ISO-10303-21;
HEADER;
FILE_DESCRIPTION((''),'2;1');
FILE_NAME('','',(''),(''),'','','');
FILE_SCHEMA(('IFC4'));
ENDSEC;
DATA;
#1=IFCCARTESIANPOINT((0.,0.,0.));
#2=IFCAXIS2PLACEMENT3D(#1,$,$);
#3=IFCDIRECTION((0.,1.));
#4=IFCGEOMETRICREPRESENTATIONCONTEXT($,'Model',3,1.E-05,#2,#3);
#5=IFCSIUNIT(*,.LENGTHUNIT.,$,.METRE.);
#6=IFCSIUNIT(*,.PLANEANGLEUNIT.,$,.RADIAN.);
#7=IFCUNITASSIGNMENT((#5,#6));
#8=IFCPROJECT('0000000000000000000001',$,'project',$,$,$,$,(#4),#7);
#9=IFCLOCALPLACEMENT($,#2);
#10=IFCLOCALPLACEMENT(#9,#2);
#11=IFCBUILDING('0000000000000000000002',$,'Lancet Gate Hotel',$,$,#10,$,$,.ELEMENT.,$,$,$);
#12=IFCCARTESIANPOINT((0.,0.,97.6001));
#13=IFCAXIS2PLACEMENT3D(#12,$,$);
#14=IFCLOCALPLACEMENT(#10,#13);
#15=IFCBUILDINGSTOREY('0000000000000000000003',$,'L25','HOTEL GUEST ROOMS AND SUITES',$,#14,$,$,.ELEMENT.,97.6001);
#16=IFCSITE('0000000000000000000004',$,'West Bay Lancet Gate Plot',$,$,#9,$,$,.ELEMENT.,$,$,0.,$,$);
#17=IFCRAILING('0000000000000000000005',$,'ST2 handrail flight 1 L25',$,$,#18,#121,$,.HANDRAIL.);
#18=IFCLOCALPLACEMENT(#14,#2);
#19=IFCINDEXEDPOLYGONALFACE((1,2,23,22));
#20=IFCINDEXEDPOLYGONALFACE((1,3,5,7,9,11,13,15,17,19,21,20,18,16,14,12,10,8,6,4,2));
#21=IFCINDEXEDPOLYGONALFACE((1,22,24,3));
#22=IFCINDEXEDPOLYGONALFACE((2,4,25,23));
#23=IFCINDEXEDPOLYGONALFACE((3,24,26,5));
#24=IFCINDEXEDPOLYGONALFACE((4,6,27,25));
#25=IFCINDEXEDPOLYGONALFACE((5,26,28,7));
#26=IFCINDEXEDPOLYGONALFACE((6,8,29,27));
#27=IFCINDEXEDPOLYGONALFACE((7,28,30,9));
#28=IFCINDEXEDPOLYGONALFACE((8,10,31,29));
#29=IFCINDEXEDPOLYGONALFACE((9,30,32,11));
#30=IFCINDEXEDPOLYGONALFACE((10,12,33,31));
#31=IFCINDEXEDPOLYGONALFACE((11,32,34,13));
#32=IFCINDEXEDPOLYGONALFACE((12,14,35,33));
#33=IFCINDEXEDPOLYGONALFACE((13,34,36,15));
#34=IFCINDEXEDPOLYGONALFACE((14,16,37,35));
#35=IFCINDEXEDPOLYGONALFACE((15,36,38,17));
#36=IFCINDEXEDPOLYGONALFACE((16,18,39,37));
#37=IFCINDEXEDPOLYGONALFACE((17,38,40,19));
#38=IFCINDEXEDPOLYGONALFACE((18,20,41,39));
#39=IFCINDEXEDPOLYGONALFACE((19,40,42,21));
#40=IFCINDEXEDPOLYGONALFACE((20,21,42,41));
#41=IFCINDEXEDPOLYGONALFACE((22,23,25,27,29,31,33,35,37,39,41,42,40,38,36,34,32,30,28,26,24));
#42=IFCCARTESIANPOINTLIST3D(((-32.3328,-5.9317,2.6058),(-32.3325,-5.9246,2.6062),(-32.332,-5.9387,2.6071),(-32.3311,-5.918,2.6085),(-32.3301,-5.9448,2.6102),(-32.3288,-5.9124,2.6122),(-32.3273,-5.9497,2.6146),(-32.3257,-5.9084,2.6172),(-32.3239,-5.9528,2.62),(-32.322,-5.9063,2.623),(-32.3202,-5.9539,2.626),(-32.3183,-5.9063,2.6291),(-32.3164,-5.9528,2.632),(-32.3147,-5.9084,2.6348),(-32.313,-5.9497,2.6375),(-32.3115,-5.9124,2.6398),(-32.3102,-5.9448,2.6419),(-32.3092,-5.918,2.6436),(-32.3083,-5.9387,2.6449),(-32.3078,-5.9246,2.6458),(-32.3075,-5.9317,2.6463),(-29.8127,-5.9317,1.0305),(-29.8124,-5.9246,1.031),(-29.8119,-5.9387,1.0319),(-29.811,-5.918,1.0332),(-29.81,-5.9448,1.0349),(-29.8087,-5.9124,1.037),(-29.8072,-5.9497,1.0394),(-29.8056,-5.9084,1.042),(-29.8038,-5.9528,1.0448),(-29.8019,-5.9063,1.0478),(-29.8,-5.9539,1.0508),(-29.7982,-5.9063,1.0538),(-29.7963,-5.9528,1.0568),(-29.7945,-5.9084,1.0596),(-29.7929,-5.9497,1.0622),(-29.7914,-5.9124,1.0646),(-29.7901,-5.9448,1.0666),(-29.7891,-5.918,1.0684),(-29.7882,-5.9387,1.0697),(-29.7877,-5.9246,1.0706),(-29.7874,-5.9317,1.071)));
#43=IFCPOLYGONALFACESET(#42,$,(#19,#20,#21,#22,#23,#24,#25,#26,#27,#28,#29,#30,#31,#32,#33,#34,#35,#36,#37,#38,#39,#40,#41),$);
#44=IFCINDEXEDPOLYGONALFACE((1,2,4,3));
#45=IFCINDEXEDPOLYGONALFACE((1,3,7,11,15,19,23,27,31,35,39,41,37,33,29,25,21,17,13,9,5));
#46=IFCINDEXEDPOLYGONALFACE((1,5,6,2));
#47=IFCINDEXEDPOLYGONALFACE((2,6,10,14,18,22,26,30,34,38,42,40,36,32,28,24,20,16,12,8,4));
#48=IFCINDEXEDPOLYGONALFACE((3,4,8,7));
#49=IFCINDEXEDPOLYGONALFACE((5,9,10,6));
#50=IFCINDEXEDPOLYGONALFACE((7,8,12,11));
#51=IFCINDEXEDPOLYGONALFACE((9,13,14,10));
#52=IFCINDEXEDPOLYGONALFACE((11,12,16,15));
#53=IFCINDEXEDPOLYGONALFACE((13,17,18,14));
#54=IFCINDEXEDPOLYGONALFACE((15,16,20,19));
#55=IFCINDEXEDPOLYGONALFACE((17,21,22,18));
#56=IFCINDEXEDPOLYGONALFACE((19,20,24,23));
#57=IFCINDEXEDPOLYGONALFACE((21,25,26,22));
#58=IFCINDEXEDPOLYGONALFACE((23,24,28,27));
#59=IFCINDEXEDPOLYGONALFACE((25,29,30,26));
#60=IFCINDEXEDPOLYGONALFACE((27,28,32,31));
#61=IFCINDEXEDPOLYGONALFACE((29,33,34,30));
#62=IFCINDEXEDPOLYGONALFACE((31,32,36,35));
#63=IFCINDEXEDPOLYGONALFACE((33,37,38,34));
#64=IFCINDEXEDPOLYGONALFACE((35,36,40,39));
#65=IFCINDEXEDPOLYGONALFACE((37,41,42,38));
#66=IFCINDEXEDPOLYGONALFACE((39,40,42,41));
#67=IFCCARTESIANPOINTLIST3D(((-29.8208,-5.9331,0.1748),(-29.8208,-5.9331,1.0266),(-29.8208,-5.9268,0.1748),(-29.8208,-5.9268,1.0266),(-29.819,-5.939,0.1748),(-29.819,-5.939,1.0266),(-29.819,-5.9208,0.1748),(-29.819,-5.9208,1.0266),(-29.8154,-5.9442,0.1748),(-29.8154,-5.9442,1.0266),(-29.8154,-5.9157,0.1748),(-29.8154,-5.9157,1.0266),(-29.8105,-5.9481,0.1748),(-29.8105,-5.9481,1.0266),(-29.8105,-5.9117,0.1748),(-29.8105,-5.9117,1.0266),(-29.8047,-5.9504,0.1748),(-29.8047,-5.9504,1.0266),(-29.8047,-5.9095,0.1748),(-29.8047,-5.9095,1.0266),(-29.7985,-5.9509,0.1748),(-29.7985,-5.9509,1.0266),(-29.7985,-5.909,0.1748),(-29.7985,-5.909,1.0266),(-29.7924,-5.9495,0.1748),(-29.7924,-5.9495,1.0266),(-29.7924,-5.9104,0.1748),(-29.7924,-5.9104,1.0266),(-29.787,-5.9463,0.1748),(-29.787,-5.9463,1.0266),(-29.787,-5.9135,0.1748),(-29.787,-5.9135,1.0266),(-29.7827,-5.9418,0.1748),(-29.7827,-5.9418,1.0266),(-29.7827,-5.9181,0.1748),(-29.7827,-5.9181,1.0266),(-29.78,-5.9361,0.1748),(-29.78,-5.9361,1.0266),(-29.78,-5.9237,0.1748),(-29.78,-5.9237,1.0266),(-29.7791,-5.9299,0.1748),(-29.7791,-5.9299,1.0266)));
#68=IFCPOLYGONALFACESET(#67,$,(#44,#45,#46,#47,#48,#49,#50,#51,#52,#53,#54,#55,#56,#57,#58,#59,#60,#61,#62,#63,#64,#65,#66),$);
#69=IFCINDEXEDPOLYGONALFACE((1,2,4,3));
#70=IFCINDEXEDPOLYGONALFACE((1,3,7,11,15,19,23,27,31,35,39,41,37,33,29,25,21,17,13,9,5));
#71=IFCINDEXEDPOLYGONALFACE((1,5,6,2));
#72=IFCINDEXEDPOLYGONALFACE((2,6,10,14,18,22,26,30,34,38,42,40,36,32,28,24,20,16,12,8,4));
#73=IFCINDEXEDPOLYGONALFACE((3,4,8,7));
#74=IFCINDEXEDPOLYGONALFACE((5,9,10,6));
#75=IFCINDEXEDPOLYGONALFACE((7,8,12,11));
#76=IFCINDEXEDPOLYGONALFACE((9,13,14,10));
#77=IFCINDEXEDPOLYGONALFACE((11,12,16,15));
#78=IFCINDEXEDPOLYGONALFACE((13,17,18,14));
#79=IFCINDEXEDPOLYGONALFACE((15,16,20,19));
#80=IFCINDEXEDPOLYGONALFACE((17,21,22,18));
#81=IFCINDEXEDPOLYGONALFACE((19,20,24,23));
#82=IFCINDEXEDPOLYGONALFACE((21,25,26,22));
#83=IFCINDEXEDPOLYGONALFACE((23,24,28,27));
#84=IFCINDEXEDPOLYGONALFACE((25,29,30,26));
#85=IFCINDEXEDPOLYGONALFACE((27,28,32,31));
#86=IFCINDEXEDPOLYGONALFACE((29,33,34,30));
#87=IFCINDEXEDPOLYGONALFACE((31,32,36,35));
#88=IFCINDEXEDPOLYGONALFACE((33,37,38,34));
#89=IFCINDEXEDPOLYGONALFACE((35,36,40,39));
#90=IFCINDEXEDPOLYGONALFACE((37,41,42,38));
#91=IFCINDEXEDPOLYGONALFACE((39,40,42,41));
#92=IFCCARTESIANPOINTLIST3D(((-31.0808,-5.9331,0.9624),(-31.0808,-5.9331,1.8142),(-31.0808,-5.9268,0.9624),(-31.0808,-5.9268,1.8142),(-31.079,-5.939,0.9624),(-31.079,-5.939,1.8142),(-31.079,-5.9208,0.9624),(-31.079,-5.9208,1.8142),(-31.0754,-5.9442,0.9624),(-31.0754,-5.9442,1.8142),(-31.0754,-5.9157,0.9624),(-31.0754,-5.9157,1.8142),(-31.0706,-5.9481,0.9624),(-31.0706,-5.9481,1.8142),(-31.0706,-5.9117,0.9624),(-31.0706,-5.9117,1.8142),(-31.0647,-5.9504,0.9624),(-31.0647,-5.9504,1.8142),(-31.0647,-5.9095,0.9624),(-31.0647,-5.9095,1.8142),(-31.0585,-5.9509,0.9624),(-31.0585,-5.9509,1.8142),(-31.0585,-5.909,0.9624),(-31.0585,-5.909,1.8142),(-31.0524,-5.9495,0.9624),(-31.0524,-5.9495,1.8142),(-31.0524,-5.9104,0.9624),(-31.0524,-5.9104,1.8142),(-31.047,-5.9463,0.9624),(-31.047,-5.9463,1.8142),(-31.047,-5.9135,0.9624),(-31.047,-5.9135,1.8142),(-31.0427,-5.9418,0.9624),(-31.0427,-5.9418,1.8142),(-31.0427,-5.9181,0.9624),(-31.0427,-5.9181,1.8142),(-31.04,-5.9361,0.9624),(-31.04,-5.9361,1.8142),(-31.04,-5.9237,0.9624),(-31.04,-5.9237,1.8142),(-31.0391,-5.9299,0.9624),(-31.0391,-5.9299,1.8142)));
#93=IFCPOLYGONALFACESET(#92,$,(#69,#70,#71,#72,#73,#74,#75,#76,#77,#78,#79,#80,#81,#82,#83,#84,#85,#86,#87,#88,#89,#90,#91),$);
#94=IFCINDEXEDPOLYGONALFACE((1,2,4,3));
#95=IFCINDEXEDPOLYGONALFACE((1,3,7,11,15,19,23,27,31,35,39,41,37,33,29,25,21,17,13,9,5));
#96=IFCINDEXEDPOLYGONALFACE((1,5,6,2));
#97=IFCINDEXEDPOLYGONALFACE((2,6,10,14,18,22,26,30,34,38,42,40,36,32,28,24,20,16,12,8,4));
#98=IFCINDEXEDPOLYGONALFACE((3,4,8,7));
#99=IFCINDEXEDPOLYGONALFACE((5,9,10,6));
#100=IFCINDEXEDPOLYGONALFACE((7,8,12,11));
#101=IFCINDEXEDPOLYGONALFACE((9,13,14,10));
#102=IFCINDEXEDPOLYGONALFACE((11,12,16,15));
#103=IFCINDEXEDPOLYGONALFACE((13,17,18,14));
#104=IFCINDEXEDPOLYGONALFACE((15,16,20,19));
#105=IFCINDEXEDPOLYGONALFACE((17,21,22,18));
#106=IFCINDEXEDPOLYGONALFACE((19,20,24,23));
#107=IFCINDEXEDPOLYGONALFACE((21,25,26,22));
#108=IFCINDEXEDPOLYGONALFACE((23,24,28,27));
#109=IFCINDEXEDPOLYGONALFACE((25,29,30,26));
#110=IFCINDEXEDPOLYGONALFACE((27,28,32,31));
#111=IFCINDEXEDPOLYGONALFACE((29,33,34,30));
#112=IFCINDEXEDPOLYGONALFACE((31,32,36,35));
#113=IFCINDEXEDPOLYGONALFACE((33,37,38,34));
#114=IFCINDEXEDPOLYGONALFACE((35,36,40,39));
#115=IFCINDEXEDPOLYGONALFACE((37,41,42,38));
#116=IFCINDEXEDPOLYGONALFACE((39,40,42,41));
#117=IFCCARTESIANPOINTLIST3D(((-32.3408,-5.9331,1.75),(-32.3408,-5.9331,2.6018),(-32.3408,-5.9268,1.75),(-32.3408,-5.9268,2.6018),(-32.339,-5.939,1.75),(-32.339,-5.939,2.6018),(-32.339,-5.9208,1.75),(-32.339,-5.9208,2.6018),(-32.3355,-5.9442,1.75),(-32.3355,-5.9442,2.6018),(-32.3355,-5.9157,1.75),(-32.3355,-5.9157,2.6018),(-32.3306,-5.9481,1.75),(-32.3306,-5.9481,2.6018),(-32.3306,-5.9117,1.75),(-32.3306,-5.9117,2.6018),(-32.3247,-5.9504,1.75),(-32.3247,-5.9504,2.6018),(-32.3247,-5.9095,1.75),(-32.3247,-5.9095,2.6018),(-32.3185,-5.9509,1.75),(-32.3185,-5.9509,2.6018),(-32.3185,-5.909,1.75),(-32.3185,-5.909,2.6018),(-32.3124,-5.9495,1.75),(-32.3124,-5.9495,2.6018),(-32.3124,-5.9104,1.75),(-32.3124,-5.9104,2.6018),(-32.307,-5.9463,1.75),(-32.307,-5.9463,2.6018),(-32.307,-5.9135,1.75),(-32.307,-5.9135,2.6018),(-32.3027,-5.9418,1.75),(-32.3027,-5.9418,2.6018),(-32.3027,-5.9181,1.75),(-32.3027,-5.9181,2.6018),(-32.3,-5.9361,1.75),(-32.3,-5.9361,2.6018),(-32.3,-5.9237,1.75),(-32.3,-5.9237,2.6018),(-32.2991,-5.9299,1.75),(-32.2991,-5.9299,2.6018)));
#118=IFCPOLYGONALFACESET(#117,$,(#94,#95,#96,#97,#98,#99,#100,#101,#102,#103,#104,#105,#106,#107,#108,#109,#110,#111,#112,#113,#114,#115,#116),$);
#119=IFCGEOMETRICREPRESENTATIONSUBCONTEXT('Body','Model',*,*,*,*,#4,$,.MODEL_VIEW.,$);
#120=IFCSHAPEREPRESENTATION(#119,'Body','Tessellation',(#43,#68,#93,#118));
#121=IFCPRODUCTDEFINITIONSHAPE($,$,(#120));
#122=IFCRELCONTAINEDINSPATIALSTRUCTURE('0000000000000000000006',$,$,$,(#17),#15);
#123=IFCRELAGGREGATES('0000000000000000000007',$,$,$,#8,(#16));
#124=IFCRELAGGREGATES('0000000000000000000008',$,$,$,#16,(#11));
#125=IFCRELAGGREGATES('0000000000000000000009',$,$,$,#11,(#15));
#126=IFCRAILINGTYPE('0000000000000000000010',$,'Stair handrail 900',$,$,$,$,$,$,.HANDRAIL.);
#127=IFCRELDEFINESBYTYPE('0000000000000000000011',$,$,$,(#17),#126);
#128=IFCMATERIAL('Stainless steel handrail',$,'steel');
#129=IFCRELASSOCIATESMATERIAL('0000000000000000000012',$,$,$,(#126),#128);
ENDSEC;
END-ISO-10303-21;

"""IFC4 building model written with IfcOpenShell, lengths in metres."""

from ifc_helpers import new_model, si_unit, direction, frame, origin, origin_2d, place, context, subcontext, project, spatial, circle, extrude, material, type_object, element, save


model = new_model("IFC4")

# Units and contexts
model_context = context("Model", 3, precision=1e-05, world=origin(), true_north=direction((0.0, 1.0)))
body_context = subcontext(model_context, "Body", "Model", "MODEL_VIEW")
ifc_project = project(units=[si_unit("LENGTHUNIT", "METRE"), si_unit("PLANEANGLEUNIT", "RADIAN")], contexts=[model_context])

# Site, building, storey
site_placement = place(None, origin())
site = spatial("IfcSite", under=ifc_project, at=site_placement, Name="West Bay Lancet Gate Plot", CompositionType="ELEMENT", RefElevation=0.0)
building_placement = place(site_placement, origin())
building = spatial("IfcBuilding", under=site, at=building_placement, Name="Lancet Gate Hotel", CompositionType="ELEMENT")
storey_placement = place(building_placement, frame((0.0, 0.0, 97.6001)))
storey = spatial("IfcBuildingStorey", under=building, at=storey_placement, Name="L25", Description="HOTEL GUEST ROOMS AND SUITES", CompositionType="ELEMENT", Elevation=97.6001)

# Railing
ifc_material_1 = material(Name="Stainless steel handrail", Category="steel")
railing_type = type_object("IfcRailingType", Name="Stair handrail 900", PredefinedType="HANDRAIL", material=ifc_material_1)
railing_1_placement = place(storey_placement, frame((-29.8, -5.9299, 0.1748)))
element("IfcRailing", 1, at=railing_1_placement, inside=storey, type_object=railing_type, Name="ST2 handrail flight 1 L25", PredefinedType="HANDRAIL", context=body_context, shape_type="SweptSolid", body=[
    extrude(circle(Radius=0.0239, at=origin_2d()), frame((0.0, 0.0, 0.876), z_axis=(-0.847971, 0.0, 0.530043), x_axis=(0.0, -1.0, 0.0)), (0.0, 0.0, 1.0), 2.9719),
    extrude(circle(Radius=0.021, at=origin_2d()), origin(), (0.0, 0.0, 1.0), 0.8518),
    extrude(circle(Radius=0.021, at=origin_2d()), frame((-1.26, 0.0, 0.7876)), (0.0, 0.0, 1.0), 0.8518),
    extrude(circle(Radius=0.021, at=origin_2d()), frame((-2.52, 0.0, 1.5752)), (0.0, 0.0, 1.0), 0.8518),
])

save(model, "model.ifc")
